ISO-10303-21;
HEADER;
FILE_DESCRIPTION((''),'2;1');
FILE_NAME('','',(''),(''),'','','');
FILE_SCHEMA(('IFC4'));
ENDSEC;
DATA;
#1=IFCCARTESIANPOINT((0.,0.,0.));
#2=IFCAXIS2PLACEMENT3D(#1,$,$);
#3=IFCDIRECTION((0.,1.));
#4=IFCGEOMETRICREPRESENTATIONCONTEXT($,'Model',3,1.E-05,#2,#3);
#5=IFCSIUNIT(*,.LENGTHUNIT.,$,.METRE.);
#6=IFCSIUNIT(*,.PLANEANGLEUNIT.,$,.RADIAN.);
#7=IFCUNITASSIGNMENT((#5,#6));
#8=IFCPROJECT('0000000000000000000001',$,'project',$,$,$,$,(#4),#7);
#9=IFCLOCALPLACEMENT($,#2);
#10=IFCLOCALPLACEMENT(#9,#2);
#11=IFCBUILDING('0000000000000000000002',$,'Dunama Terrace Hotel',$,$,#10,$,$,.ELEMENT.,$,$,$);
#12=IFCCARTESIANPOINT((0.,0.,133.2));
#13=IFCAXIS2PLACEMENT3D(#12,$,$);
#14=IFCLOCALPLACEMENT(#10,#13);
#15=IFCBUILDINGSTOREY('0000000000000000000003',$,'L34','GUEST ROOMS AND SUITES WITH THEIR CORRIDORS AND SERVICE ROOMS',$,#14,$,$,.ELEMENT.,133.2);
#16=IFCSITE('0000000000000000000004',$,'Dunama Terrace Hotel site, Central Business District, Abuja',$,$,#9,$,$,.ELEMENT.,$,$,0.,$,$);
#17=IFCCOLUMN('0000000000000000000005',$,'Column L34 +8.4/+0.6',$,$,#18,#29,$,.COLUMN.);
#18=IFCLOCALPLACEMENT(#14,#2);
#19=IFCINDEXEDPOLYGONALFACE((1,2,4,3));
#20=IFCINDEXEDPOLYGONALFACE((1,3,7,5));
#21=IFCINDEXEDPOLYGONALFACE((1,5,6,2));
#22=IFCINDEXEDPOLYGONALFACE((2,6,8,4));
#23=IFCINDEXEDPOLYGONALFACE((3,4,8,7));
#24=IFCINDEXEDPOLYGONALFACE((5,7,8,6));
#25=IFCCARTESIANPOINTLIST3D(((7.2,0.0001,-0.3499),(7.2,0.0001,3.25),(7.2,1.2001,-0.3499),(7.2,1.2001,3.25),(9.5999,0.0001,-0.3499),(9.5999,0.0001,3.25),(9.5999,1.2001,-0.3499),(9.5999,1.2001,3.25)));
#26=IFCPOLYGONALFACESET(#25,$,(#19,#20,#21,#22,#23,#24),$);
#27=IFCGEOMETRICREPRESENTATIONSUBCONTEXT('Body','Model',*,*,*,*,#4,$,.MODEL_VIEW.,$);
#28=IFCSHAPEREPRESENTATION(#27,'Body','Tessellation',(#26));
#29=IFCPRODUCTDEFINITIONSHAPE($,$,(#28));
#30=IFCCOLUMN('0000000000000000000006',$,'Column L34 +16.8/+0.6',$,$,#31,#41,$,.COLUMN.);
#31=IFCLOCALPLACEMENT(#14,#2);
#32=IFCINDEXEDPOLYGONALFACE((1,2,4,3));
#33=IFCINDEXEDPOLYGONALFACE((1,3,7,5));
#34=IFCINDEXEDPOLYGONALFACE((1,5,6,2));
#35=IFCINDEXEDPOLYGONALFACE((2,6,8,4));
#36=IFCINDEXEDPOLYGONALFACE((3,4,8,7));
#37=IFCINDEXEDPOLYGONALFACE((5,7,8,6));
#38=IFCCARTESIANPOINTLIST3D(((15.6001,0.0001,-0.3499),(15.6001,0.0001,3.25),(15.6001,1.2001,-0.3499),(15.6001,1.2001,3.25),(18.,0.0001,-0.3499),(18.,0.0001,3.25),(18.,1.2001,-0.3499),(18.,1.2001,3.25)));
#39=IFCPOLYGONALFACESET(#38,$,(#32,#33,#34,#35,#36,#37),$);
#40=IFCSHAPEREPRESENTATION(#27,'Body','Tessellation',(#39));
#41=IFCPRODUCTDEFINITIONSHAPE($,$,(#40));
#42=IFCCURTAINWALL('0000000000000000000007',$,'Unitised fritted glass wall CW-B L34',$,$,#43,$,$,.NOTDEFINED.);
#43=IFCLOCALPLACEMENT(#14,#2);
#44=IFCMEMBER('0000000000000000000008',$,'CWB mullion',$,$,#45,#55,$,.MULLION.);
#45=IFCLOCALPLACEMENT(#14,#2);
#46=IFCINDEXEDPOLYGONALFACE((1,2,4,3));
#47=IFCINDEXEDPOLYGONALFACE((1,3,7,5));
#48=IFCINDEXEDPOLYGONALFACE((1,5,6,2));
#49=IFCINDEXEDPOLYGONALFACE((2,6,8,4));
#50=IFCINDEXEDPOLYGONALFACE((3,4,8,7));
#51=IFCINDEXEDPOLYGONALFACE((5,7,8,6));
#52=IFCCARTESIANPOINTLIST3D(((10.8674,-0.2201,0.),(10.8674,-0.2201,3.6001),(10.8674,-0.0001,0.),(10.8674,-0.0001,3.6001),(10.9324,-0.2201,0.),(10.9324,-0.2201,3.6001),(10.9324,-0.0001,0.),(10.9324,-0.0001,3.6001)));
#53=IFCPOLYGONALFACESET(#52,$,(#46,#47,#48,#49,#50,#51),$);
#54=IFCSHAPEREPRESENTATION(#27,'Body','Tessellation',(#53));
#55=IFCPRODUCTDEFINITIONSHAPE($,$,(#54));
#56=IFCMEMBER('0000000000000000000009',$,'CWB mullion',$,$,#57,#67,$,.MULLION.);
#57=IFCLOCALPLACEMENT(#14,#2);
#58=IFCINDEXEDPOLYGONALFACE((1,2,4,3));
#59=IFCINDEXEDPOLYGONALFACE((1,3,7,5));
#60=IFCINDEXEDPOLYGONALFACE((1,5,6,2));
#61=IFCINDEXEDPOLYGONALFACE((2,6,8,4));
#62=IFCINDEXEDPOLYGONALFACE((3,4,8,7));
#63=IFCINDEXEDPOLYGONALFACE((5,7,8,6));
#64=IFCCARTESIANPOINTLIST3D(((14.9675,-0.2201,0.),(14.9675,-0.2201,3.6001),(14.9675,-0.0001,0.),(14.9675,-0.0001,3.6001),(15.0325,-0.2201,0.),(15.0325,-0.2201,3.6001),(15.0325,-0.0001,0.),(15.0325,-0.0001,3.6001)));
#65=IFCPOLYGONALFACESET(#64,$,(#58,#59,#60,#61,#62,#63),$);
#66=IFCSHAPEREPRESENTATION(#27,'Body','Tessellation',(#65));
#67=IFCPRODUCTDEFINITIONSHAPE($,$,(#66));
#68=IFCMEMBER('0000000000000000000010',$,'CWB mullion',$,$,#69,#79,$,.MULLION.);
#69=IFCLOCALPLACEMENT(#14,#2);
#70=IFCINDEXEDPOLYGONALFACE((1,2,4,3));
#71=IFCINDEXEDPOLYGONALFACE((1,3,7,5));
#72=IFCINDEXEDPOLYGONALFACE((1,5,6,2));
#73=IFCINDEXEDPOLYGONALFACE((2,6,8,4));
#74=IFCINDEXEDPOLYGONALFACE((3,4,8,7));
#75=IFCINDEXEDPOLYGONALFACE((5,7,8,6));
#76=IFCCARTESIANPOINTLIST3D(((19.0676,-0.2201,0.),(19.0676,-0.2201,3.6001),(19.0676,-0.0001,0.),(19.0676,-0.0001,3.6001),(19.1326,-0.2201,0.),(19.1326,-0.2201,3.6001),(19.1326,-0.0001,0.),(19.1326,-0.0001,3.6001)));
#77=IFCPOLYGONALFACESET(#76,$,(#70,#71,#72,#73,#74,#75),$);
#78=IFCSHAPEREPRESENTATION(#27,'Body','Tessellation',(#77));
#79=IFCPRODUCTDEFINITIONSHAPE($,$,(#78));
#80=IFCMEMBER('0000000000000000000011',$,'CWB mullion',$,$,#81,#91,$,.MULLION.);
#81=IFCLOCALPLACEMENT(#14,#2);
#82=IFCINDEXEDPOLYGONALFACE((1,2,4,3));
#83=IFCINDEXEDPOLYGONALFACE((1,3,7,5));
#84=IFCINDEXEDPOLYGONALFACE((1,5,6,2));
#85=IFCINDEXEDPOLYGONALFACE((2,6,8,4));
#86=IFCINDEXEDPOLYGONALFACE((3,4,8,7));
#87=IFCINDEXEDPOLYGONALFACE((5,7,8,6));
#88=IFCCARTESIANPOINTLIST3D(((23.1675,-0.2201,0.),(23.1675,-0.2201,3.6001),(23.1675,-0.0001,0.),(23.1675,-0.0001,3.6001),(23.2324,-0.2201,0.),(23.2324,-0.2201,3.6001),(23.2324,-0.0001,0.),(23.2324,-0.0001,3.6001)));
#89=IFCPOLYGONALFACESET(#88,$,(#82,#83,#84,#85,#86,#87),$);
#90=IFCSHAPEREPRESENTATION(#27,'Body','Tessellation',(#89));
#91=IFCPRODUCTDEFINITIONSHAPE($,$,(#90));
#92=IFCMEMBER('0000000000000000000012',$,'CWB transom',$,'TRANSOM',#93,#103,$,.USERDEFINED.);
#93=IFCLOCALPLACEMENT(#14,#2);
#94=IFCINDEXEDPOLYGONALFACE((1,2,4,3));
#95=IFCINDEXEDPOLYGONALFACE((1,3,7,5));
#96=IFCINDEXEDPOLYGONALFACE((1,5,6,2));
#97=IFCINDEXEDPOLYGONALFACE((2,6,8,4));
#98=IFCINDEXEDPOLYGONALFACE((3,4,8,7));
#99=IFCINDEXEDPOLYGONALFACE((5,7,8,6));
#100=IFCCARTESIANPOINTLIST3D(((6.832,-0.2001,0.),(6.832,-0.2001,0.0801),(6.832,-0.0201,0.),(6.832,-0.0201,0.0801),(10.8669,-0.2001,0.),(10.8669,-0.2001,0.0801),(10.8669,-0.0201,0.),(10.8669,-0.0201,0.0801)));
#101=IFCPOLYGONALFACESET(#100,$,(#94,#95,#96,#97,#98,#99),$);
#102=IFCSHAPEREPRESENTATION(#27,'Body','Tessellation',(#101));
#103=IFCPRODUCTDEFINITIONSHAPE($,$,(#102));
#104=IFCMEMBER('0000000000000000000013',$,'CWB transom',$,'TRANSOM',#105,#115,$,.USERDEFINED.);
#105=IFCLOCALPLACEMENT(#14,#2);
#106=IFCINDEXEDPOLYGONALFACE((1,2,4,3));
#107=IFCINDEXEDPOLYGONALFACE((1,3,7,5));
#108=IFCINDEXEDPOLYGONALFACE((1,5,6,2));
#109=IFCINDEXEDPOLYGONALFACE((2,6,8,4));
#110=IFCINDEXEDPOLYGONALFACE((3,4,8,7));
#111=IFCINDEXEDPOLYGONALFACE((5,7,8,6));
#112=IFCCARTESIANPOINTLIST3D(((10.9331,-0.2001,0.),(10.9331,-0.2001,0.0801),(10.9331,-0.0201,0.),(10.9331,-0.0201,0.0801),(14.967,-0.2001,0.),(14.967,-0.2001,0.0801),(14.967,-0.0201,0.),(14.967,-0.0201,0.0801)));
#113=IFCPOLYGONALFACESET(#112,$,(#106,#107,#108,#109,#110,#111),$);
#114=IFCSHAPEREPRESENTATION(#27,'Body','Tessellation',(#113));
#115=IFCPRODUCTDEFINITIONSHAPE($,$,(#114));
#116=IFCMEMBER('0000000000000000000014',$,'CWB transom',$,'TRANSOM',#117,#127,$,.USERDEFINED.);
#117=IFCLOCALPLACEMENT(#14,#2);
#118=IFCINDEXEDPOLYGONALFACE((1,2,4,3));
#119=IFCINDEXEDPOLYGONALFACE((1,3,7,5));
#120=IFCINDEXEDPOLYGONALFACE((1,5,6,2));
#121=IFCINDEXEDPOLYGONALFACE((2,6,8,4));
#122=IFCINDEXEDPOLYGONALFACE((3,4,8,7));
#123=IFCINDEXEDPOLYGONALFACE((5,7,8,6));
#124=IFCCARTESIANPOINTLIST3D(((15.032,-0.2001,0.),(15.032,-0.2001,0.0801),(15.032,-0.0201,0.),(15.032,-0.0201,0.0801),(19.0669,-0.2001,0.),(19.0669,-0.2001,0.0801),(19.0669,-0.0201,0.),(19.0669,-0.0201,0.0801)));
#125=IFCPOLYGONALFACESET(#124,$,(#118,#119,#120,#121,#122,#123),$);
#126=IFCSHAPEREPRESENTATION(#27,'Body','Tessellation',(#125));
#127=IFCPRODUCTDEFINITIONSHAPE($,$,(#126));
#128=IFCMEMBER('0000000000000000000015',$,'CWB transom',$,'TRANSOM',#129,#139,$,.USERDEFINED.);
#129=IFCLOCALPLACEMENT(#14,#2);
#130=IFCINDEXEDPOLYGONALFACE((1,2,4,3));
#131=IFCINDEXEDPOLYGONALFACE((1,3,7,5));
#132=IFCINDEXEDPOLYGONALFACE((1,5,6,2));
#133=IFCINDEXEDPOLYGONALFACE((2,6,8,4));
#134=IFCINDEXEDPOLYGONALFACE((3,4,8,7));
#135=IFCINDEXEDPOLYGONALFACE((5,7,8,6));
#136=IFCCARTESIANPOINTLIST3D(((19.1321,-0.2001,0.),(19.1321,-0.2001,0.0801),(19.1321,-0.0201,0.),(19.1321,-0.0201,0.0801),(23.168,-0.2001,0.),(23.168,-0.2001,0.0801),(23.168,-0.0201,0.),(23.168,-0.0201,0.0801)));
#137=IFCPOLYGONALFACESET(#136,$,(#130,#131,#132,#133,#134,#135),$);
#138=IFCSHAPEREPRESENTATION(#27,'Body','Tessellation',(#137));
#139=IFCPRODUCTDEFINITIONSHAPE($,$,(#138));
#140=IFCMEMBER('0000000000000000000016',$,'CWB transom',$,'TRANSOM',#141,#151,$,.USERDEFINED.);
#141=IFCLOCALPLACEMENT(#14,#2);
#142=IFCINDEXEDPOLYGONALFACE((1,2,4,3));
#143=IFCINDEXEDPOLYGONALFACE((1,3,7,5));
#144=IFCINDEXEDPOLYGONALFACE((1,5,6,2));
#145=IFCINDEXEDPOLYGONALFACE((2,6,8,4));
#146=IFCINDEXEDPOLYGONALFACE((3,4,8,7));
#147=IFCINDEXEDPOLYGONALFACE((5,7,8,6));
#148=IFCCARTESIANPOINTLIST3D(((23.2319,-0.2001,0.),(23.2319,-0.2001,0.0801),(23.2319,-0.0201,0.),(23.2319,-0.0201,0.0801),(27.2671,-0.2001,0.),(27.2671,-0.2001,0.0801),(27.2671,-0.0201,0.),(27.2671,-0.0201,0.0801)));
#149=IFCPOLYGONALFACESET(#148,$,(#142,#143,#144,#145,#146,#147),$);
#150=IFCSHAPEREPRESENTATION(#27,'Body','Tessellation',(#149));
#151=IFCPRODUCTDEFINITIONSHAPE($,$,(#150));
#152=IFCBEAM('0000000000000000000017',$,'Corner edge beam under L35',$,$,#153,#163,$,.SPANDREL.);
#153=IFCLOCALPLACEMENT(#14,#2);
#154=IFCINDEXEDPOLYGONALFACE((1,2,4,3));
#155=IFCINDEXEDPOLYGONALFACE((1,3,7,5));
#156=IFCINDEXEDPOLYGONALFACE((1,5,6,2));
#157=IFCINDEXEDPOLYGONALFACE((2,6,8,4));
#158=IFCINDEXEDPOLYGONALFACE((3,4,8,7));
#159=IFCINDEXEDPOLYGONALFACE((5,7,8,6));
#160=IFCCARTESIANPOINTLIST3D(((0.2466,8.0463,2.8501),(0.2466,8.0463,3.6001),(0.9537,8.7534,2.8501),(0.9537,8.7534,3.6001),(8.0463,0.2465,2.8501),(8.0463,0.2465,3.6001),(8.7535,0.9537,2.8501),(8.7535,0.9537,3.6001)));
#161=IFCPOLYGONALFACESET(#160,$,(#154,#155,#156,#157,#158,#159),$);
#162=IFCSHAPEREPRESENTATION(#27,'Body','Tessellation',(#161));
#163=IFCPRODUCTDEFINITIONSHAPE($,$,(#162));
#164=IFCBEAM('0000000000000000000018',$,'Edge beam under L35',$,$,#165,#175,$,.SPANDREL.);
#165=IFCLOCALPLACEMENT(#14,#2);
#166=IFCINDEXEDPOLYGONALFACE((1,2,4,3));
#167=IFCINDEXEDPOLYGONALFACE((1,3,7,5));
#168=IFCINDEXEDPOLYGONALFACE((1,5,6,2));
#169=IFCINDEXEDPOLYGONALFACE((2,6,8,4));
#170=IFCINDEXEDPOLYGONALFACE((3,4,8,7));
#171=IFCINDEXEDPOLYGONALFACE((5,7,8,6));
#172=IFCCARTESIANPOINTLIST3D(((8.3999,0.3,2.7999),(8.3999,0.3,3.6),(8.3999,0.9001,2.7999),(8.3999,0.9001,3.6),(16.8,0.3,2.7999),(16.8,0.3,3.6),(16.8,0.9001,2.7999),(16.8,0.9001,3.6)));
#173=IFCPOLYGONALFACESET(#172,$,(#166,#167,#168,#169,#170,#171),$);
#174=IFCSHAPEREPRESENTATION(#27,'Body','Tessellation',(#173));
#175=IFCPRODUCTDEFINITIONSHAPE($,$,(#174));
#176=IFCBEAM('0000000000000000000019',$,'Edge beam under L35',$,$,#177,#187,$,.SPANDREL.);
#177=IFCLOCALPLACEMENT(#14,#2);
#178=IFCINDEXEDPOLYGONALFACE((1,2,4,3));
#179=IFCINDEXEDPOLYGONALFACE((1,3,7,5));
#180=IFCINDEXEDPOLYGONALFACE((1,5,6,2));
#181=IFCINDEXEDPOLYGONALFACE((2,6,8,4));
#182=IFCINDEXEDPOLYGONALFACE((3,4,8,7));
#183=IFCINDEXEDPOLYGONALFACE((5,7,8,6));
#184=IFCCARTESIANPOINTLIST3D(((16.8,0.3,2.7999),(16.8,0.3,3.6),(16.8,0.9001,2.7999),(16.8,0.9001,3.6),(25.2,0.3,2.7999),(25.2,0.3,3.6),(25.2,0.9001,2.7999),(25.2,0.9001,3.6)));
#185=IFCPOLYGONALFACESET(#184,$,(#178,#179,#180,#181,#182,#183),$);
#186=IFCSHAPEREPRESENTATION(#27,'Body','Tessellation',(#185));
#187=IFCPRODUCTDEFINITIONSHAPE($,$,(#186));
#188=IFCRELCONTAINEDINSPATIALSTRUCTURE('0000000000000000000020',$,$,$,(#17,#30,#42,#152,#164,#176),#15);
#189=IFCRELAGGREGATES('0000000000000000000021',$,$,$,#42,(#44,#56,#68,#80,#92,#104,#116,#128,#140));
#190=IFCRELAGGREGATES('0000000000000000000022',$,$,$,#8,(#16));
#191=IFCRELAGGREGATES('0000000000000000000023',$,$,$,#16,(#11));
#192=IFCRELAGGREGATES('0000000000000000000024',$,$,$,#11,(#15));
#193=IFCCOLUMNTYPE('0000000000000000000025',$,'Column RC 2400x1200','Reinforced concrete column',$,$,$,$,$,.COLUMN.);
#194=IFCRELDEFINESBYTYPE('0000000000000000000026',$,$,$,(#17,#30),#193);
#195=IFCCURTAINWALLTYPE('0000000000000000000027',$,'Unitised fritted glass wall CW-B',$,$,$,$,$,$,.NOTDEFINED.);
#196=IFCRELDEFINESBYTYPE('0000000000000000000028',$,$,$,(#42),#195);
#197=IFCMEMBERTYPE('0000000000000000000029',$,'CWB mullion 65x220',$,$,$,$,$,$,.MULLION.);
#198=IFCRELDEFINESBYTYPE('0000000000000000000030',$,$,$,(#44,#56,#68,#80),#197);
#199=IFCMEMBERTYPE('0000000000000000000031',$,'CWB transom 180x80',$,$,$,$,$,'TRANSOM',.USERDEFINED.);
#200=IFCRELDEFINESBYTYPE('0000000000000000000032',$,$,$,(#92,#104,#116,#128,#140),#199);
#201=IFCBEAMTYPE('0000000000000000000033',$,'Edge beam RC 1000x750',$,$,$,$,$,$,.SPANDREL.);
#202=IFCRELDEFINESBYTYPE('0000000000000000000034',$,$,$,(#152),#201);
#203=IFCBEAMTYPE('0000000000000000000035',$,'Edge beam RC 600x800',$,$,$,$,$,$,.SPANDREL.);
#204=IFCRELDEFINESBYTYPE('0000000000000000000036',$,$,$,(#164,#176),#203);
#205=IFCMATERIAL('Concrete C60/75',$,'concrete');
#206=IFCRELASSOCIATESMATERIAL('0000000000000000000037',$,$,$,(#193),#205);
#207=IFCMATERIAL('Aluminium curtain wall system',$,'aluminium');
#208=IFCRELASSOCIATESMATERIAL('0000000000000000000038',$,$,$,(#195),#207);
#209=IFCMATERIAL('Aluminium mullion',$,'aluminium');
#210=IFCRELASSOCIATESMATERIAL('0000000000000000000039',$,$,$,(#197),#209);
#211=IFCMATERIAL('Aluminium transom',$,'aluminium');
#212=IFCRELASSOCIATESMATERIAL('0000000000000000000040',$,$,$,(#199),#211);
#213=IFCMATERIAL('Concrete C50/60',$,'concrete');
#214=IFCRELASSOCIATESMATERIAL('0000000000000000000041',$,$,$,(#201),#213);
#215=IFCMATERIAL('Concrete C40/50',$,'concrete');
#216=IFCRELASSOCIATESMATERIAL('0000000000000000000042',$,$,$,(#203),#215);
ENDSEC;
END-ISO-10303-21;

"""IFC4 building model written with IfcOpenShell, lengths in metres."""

from ifc_helpers import new_model, si_unit, direction, frame, origin, origin_2d, place, context, subcontext, project, spatial, rectangle, extrude, material, material_profile, profile_set, type_object, element, aggregate, save


model = new_model("IFC4")

# Units and contexts
model_context = context("Model", 3, precision=1e-05, world=origin(), true_north=direction((0.0, 1.0)))
body_context = subcontext(model_context, "Body", "Model", "MODEL_VIEW")
ifc_project = project(units=[si_unit("LENGTHUNIT", "METRE"), si_unit("PLANEANGLEUNIT", "RADIAN")], contexts=[model_context])

# Site, building, storey
site_placement = place(None, origin())
site = spatial("IfcSite", under=ifc_project, at=site_placement, Name="Dunama Terrace Hotel site, Central Business District, Abuja", CompositionType="ELEMENT", RefElevation=0.0)
building_placement = place(site_placement, origin())
building = spatial("IfcBuilding", under=site, at=building_placement, Name="Dunama Terrace Hotel", CompositionType="ELEMENT")
storey_placement = place(building_placement, frame((0.0, 0.0, 133.2)))
storey = spatial("IfcBuildingStorey", under=building, at=storey_placement, Name="L34", Description="GUEST ROOMS AND SUITES WITH THEIR CORRIDORS AND SERVICE ROOMS", CompositionType="ELEMENT", Elevation=133.2)

# Columns
ifc_material_1 = material(Name="Concrete C60/75", Category="concrete")
ifc_material_profile_1 = material_profile(ifc_material_1, rectangle(XDim=2.3999, YDim=1.2, at=origin_2d()), Name="RC 2400x1200")
ifc_profile_set_1 = profile_set([ifc_material_profile_1], Name="Concrete C60/75")
column_type = type_object("IfcColumnType", Name="Column RC 2400x1200", Description="Reinforced concrete column", PredefinedType="COLUMN", material=ifc_profile_set_1)
for number, where, z_axis, x_axis, name in (
    (1, (8.3999, 0.6001, -0.3499), (0.0, 0.0, 1.0), (1.0, 0.0, 0.0), "Column L34 +8.4/+0.6"),
    (2, (16.8, 0.6001, -0.3499), (0.0, 0.0, 1.0), (1.0, 0.0, 0.0), "Column L34 +16.8/+0.6"),
):
    element("IfcColumn", number, at=place(storey_placement, frame(where, z_axis=z_axis, x_axis=x_axis)), inside=storey, type_object=column_type, Name=name, PredefinedType="COLUMN", context=body_context, shape_type="SweptSolid", body=[
        extrude(rectangle(XDim=2.3999, YDim=1.2, at=origin_2d()), origin(), (0.0, 0.0, 1.0), 3.5999),
    ])

# Curtain wall, members
ifc_material_2 = material(Name="Aluminium curtain wall system", Category="aluminium")
curtain_wall_type = type_object("IfcCurtainWallType", Name="Unitised fritted glass wall CW-B", PredefinedType="NOTDEFINED", material=ifc_material_2)
curtain_wall_placement = place(storey_placement, origin())
curtain_wall = element("IfcCurtainWall", 3, at=curtain_wall_placement, inside=storey, type_object=curtain_wall_type, Name="Unitised fritted glass wall CW-B L34", PredefinedType="NOTDEFINED")
ifc_material_3 = material(Name="Aluminium mullion", Category="aluminium")
ifc_material_profile_2 = material_profile(ifc_material_3, rectangle(XDim=0.0649, YDim=0.22, at=origin_2d()), Name="CWB MULLION 65X220")
ifc_profile_set_2 = profile_set([ifc_material_profile_2], Name="Aluminium mullion")
member_type_1 = type_object("IfcMemberType", Name="CWB mullion 65x220", PredefinedType="MULLION", material=ifc_profile_set_2)
member_1_placement = place(storey_placement, frame((10.8999, -0.1101, 0.0), z_axis=(0.0, 0.0, 1.0), x_axis=(1.0, 0.0, 0.0)))
member_1 = element("IfcMember", 4, at=member_1_placement, type_object=member_type_1, Name="CWB mullion", PredefinedType="MULLION", context=body_context, shape_type="SweptSolid", body=[
    extrude(rectangle(XDim=0.0649, YDim=0.22, at=origin_2d()), origin(), (0.0, 0.0, 1.0), 3.6001),
])
member_2_placement = place(storey_placement, frame((15.0, -0.1101, 0.0), z_axis=(0.0, 0.0, 1.0), x_axis=(1.0, 0.0, 0.0)))
member_2 = element("IfcMember", 5, at=member_2_placement, type_object=member_type_1, Name="CWB mullion", PredefinedType="MULLION", context=body_context, shape_type="SweptSolid", body=[
    extrude(rectangle(XDim=0.0649, YDim=0.22, at=origin_2d()), origin(), (0.0, 0.0, 1.0), 3.6001),
])
member_3_placement = place(storey_placement, frame((19.1001, -0.1101, 0.0), z_axis=(0.0, 0.0, 1.0), x_axis=(1.0, 0.0, 0.0)))
member_3 = element("IfcMember", 6, at=member_3_placement, type_object=member_type_1, Name="CWB mullion", PredefinedType="MULLION", context=body_context, shape_type="SweptSolid", body=[
    extrude(rectangle(XDim=0.0649, YDim=0.22, at=origin_2d()), origin(), (0.0, 0.0, 1.0), 3.6001),
])
member_4_placement = place(storey_placement, frame((23.2, -0.1101, 0.0), z_axis=(0.0, 0.0, 1.0), x_axis=(1.0, 0.0, 0.0)))
member_4 = element("IfcMember", 7, at=member_4_placement, type_object=member_type_1, Name="CWB mullion", PredefinedType="MULLION", context=body_context, shape_type="SweptSolid", body=[
    extrude(rectangle(XDim=0.0649, YDim=0.22, at=origin_2d()), origin(), (0.0, 0.0, 1.0), 3.6001),
])
ifc_material_4 = material(Name="Aluminium transom", Category="aluminium")
ifc_material_profile_3 = material_profile(ifc_material_4, rectangle(XDim=0.1799, YDim=0.0801, at=origin_2d()), Name="CWB TRANSOM 180X80")
ifc_profile_set_3 = profile_set([ifc_material_profile_3], Name="Aluminium transom")
member_type_2 = type_object("IfcMemberType", Name="CWB transom 180x80", ElementType="TRANSOM", PredefinedType="USERDEFINED", material=ifc_profile_set_3)
member_5_placement = place(storey_placement, frame((6.832, -0.1101, 0.04), z_axis=(1.0, 0.0, 0.0), x_axis=(0.0, 1.0, 0.0)))
member_5 = element("IfcMember", 8, at=member_5_placement, type_object=member_type_2, Name="CWB transom", ObjectType="TRANSOM", PredefinedType="USERDEFINED", context=body_context, shape_type="SweptSolid", body=[
    extrude(rectangle(XDim=0.1799, YDim=0.0801, at=origin_2d()), origin(), (0.0, 0.0, 1.0), 4.0349),
])
member_6_placement = place(storey_placement, frame((10.9331, -0.1101, 0.04), z_axis=(1.0, 0.0, 0.0), x_axis=(0.0, 1.0, 0.0)))
member_6 = element("IfcMember", 9, at=member_6_placement, type_object=member_type_2, Name="CWB transom", ObjectType="TRANSOM", PredefinedType="USERDEFINED", context=body_context, shape_type="SweptSolid", body=[
    extrude(rectangle(XDim=0.1799, YDim=0.0801, at=origin_2d()), origin(), (0.0, 0.0, 1.0), 4.0339),
])
member_7_placement = place(storey_placement, frame((15.032, -0.1101, 0.04), z_axis=(1.0, 0.0, 0.0), x_axis=(0.0, 1.0, 0.0)))
member_7 = element("IfcMember", 10, at=member_7_placement, type_object=member_type_2, Name="CWB transom", ObjectType="TRANSOM", PredefinedType="USERDEFINED", context=body_context, shape_type="SweptSolid", body=[
    extrude(rectangle(XDim=0.1799, YDim=0.0801, at=origin_2d()), origin(), (0.0, 0.0, 1.0), 4.0349),
])
member_8_placement = place(storey_placement, frame((19.1321, -0.1101, 0.04), z_axis=(1.0, 0.0, 0.0), x_axis=(0.0, 1.0, 0.0)))
member_8 = element("IfcMember", 11, at=member_8_placement, type_object=member_type_2, Name="CWB transom", ObjectType="TRANSOM", PredefinedType="USERDEFINED", context=body_context, shape_type="SweptSolid", body=[
    extrude(rectangle(XDim=0.1799, YDim=0.0801, at=origin_2d()), origin(), (0.0, 0.0, 1.0), 4.0359),
])
member_9_placement = place(storey_placement, frame((23.2319, -0.1101, 0.04), z_axis=(1.0, 0.0, 0.0), x_axis=(0.0, 1.0, 0.0)))
member_9 = element("IfcMember", 12, at=member_9_placement, type_object=member_type_2, Name="CWB transom", ObjectType="TRANSOM", PredefinedType="USERDEFINED", context=body_context, shape_type="SweptSolid", body=[
    extrude(rectangle(XDim=0.1799, YDim=0.0801, at=origin_2d()), origin(), (0.0, 0.0, 1.0), 4.0352),
])

# Beams
ifc_material_5 = material(Name="Concrete C50/60", Category="concrete")
ifc_material_profile_4 = material_profile(ifc_material_5, rectangle(XDim=1.0, YDim=0.75, at=origin_2d()), Name="RC 1000x750")
ifc_profile_set_4 = profile_set([ifc_material_profile_4], Name="Concrete C50/60")
beam_type_1 = type_object("IfcBeamType", Name="Edge beam RC 1000x750", PredefinedType="SPANDREL", material=ifc_profile_set_4)
beam_1_placement = place(storey_placement, frame((8.3999, 0.6001, 3.2251), z_axis=(-0.707107, 0.707107, 0.0), x_axis=(-0.707107, -0.707107, 0.0)))
element("IfcBeam", 13, at=beam_1_placement, inside=storey, type_object=beam_type_1, Name="Corner edge beam under L35", PredefinedType="SPANDREL", context=body_context, shape_type="SweptSolid", body=[
    extrude(rectangle(XDim=1.0, YDim=0.75, at=origin_2d()), origin(), (0.0, 0.0, 1.0), 11.0305),
])
ifc_material_6 = material(Name="Concrete C40/50", Category="concrete")
ifc_material_profile_5 = material_profile(ifc_material_6, rectangle(XDim=0.6001, YDim=0.8, at=origin_2d()), Name="RC 600x800")
ifc_profile_set_5 = profile_set([ifc_material_profile_5], Name="Concrete C40/50")
beam_type_2 = type_object("IfcBeamType", Name="Edge beam RC 600x800", PredefinedType="SPANDREL", material=ifc_profile_set_5)
beam_2_placement = place(storey_placement, frame((8.3999, 0.6001, 3.2), z_axis=(1.0, 0.0, 0.0), x_axis=(0.0, 1.0, 0.0)))
element("IfcBeam", 14, at=beam_2_placement, inside=storey, type_object=beam_type_2, Name="Edge beam under L35", PredefinedType="SPANDREL", context=body_context, shape_type="SweptSolid", body=[
    extrude(rectangle(XDim=0.6001, YDim=0.8, at=origin_2d()), origin(), (0.0, 0.0, 1.0), 8.4001),
])
beam_3_placement = place(storey_placement, frame((16.8, 0.6001, 3.2), z_axis=(1.0, 0.0, 0.0), x_axis=(0.0, 1.0, 0.0)))
element("IfcBeam", 15, at=beam_3_placement, inside=storey, type_object=beam_type_2, Name="Edge beam under L35", PredefinedType="SPANDREL", context=body_context, shape_type="SweptSolid", body=[
    extrude(rectangle(XDim=0.6001, YDim=0.8, at=origin_2d()), origin(), (0.0, 0.0, 1.0), 8.3999),
])

aggregate(curtain_wall, [member_1, member_2, member_3, member_4, member_5, member_6, member_7, member_8, member_9])

save(model, "model.ifc")
